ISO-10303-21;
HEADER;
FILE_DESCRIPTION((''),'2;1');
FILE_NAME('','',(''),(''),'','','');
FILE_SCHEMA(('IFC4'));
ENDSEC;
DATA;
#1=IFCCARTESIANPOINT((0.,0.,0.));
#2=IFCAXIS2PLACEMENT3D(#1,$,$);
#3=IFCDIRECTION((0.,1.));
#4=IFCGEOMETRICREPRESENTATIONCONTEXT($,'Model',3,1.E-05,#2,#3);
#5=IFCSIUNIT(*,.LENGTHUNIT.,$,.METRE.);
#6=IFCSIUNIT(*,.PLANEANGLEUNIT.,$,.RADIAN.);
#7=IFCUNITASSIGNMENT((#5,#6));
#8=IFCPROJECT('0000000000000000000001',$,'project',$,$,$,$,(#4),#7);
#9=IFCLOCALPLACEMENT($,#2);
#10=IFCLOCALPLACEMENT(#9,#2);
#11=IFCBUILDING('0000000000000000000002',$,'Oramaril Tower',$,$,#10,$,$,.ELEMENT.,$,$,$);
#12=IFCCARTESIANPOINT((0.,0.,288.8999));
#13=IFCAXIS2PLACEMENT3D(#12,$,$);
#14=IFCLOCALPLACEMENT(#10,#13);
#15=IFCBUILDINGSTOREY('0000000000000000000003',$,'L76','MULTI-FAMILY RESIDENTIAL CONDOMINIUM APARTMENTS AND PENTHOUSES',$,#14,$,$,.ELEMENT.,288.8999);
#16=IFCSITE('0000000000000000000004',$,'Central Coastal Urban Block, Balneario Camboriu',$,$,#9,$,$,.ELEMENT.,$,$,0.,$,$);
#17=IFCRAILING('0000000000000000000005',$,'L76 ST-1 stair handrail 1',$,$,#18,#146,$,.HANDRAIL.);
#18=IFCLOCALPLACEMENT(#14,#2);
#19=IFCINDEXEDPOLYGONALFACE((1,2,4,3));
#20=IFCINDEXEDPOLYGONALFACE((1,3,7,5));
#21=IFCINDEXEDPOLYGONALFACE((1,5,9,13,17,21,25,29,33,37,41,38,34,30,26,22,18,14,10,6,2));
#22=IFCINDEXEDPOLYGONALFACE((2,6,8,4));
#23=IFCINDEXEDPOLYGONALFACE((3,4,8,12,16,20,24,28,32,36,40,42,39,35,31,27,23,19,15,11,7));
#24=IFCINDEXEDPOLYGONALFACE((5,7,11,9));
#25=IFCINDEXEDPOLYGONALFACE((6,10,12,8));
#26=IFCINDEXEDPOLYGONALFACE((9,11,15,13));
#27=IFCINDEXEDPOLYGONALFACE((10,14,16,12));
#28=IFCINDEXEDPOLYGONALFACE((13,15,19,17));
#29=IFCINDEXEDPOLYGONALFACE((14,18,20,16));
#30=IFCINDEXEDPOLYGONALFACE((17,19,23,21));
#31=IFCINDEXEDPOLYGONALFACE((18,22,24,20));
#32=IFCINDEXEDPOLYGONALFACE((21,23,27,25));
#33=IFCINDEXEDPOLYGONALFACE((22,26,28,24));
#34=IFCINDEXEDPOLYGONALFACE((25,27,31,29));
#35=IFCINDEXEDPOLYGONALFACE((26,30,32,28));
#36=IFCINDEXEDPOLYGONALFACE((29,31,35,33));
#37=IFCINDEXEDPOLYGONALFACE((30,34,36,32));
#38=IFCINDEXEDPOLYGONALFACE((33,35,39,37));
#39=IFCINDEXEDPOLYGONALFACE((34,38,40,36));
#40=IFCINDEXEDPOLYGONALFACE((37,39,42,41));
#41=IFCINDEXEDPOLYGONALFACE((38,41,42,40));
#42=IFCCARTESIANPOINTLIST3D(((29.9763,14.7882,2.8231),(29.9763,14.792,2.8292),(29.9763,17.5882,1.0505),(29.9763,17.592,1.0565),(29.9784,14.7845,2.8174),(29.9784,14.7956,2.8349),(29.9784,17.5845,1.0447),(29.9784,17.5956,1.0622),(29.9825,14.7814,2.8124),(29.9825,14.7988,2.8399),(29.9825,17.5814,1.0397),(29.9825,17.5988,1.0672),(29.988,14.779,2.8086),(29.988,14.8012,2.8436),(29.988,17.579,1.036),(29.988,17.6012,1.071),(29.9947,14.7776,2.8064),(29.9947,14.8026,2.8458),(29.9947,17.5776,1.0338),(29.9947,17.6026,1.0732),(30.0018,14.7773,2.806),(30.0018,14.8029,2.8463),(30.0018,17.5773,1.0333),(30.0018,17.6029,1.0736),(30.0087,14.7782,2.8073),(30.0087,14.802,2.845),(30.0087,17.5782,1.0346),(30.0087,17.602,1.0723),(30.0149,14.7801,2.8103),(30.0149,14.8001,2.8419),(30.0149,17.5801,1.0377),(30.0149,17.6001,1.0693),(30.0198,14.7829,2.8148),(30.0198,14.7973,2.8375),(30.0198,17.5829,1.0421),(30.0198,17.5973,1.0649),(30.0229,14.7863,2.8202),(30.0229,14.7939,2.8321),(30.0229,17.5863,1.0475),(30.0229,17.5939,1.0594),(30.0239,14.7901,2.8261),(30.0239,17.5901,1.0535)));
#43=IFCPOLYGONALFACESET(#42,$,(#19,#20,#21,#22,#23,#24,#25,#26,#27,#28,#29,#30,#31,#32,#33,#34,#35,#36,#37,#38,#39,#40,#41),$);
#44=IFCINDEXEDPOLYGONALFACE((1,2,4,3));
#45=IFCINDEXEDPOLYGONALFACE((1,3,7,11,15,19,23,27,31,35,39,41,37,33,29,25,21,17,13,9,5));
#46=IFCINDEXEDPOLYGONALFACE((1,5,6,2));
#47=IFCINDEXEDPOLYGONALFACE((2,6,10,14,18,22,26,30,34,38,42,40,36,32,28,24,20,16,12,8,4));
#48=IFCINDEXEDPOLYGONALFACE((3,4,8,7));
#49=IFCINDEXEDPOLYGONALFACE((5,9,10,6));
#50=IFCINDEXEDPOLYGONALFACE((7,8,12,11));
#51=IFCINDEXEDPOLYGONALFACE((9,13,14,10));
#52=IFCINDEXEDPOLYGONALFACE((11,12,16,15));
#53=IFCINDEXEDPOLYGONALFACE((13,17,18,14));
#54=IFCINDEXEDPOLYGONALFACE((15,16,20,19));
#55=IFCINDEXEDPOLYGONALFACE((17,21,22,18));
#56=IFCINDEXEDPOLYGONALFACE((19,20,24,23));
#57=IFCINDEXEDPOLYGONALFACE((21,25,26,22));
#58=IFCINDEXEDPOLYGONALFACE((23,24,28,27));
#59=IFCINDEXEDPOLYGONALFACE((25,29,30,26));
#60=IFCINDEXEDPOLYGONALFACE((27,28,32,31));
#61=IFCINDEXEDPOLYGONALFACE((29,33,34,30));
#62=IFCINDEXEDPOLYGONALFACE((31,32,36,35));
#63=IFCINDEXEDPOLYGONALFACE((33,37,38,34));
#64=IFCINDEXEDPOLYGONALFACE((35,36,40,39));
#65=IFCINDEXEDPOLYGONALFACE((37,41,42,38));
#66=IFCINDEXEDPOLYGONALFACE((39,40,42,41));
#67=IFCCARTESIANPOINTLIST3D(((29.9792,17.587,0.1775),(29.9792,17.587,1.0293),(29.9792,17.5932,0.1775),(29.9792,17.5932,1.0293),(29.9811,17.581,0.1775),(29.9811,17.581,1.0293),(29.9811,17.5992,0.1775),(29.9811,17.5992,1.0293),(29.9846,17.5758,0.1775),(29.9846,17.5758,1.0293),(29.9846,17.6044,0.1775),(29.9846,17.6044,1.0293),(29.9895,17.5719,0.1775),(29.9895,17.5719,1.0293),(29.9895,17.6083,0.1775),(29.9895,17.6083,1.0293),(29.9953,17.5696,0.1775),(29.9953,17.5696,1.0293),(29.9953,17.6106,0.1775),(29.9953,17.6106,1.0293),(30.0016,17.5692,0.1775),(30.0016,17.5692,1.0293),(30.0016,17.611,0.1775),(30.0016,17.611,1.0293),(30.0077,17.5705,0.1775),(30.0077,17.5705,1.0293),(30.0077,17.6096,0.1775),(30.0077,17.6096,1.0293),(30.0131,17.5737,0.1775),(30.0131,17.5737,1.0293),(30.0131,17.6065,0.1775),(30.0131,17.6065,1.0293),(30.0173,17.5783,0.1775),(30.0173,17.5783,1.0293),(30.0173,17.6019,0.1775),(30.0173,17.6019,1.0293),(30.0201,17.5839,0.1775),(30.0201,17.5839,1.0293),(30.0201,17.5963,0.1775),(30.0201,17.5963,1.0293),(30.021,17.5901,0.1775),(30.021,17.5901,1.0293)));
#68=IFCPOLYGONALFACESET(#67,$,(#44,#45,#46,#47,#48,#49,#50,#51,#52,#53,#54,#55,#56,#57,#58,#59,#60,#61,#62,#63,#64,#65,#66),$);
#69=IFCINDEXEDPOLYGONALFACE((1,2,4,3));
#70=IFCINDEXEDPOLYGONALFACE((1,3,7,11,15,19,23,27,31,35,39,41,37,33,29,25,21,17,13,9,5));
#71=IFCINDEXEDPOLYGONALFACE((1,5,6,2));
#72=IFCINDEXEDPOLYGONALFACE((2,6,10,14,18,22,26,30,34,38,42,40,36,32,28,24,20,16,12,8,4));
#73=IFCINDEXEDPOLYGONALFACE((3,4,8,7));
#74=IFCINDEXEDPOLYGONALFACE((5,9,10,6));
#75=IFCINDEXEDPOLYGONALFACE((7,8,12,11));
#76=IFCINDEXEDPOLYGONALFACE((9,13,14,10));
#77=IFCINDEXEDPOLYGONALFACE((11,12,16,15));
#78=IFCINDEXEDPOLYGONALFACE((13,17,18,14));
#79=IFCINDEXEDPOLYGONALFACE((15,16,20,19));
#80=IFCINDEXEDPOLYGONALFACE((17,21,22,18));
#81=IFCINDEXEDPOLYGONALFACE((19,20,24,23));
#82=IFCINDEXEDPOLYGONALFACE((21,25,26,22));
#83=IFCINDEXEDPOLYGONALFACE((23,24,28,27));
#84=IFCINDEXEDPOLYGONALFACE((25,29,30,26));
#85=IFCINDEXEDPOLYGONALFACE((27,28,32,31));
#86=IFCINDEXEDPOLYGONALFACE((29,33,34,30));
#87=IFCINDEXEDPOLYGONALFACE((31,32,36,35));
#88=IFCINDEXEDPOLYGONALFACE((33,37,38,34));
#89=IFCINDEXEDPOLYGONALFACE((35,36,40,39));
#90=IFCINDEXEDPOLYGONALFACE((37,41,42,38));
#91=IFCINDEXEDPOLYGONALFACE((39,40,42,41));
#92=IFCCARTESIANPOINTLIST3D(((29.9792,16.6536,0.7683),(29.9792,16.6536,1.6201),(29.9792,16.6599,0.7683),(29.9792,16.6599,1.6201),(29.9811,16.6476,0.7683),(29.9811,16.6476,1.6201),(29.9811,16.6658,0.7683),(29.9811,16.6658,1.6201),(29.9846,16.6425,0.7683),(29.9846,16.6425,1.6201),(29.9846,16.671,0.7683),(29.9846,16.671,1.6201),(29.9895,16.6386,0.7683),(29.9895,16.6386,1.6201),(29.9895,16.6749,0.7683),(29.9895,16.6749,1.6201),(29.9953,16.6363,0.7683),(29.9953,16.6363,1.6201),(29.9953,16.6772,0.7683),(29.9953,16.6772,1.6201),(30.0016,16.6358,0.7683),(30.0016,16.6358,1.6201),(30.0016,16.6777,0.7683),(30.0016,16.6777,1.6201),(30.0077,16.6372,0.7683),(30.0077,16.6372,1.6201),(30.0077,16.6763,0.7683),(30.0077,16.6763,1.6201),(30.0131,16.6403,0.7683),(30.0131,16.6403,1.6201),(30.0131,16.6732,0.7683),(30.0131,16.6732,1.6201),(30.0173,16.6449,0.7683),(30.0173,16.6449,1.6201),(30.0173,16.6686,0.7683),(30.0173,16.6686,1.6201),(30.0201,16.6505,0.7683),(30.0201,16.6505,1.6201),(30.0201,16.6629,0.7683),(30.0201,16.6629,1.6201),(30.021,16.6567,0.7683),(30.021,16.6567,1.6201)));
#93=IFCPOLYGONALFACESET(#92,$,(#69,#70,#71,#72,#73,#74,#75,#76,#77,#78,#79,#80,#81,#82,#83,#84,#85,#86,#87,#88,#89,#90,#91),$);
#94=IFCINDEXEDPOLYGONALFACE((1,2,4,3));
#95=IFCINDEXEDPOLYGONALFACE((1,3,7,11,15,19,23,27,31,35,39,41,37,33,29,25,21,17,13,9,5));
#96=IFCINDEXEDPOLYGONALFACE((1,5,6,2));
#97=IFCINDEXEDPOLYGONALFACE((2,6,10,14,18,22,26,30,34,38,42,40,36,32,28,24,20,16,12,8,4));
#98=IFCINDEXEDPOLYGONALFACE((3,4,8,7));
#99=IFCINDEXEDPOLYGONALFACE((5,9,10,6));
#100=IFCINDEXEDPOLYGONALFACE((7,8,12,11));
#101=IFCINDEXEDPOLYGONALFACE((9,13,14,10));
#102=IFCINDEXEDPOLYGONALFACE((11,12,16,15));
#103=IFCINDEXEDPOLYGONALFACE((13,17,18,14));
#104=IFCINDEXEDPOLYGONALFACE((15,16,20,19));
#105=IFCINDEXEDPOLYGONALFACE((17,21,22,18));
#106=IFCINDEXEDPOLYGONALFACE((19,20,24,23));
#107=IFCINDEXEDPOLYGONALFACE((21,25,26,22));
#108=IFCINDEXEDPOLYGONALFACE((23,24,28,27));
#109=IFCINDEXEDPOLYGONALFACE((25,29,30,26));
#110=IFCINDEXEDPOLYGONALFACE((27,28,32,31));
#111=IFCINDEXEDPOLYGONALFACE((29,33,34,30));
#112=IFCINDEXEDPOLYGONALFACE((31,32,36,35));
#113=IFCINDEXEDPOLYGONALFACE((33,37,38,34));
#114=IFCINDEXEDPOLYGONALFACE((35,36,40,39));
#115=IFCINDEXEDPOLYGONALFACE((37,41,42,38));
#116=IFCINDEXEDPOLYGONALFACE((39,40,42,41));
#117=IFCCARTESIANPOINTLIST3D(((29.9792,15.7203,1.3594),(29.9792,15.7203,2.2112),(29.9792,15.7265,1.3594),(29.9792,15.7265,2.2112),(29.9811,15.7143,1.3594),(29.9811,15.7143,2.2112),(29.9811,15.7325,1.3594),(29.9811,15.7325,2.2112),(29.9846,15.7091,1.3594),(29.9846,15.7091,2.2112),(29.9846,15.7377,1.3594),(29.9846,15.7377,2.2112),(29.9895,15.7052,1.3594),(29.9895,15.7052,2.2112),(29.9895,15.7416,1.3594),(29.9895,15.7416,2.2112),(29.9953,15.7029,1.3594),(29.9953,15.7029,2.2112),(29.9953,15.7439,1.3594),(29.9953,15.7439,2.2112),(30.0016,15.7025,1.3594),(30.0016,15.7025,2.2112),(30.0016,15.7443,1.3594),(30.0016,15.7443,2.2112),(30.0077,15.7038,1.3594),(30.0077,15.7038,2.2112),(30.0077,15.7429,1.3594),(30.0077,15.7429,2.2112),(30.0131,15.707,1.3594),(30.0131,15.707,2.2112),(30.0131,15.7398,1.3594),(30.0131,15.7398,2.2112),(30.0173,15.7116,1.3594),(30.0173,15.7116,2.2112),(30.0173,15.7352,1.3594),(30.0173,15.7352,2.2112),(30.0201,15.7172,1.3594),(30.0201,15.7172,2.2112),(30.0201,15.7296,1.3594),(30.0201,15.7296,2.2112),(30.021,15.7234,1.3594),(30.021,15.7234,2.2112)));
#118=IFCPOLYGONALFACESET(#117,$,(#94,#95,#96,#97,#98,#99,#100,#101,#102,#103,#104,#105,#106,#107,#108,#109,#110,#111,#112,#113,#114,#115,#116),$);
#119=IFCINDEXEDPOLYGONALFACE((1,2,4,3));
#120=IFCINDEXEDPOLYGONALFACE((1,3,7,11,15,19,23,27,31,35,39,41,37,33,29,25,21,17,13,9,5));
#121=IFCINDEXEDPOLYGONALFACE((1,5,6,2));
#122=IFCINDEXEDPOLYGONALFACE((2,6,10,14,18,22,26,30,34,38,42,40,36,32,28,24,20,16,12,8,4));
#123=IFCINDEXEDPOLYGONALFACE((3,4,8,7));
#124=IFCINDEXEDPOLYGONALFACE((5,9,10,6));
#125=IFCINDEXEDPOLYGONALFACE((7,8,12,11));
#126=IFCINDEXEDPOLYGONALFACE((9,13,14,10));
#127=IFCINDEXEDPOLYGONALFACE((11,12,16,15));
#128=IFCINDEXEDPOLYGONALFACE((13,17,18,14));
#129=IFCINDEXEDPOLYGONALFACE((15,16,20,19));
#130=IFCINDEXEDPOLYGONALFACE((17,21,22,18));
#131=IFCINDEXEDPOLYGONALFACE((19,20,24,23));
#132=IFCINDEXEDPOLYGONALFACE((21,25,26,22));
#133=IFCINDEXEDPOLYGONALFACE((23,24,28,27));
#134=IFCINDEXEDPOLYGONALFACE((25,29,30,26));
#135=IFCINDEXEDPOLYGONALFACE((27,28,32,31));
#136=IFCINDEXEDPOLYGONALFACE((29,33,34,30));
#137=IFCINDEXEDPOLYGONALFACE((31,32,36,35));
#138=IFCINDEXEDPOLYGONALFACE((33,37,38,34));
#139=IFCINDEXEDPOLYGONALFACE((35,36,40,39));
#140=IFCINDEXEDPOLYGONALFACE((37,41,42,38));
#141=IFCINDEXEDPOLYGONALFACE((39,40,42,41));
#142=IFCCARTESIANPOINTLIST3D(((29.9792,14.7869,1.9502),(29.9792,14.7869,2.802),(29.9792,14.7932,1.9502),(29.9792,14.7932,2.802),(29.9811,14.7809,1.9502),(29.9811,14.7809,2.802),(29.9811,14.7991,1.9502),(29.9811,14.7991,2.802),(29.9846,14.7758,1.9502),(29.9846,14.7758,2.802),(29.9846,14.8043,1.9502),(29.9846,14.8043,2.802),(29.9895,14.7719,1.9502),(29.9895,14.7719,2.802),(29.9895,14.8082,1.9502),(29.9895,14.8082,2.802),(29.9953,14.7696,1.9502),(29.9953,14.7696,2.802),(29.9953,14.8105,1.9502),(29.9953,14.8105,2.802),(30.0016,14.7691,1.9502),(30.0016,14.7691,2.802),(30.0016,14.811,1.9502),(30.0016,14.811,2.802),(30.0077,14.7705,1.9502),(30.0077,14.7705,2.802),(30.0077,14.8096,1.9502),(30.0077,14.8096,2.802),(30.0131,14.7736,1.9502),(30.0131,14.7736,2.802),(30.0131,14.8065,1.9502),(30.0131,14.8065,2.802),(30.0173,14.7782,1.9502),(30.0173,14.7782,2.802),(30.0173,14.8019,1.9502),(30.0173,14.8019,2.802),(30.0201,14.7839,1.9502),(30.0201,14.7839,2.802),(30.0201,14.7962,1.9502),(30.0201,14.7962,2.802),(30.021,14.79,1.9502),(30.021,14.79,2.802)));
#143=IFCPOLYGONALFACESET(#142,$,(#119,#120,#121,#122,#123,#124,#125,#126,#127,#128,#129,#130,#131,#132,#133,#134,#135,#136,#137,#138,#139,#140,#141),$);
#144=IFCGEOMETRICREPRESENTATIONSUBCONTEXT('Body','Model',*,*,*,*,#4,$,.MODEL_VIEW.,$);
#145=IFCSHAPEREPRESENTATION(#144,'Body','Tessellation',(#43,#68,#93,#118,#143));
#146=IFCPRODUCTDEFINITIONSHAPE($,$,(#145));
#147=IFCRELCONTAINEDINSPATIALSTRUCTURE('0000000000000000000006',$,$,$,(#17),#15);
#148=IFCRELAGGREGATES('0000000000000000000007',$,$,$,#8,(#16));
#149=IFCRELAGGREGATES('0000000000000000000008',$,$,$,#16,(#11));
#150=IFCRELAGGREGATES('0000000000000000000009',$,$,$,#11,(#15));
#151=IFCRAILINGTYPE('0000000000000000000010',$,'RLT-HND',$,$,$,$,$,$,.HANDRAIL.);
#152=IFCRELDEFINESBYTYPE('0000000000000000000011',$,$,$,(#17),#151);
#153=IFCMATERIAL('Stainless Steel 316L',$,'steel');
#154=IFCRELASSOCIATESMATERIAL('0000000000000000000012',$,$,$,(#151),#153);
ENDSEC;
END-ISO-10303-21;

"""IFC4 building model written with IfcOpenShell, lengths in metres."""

from ifc_helpers import new_model, si_unit, direction, frame, origin, origin_2d, place, context, subcontext, project, spatial, circle, extrude, material, type_object, element, save


model = new_model("IFC4")

# Units and contexts
model_context = context("Model", 3, precision=1e-05, world=origin(), true_north=direction((0.0, 1.0)))
body_context = subcontext(model_context, "Body", "Model", "MODEL_VIEW")
ifc_project = project(units=[si_unit("LENGTHUNIT", "METRE"), si_unit("PLANEANGLEUNIT", "RADIAN")], contexts=[model_context])

# Site, building, storey
site_placement = place(None, origin())
site = spatial("IfcSite", under=ifc_project, at=site_placement, Name="Central Coastal Urban Block, Balneario Camboriu", CompositionType="ELEMENT", RefElevation=0.0)
building_placement = place(site_placement, origin())
building = spatial("IfcBuilding", under=site, at=building_placement, Name="Oramaril Tower", CompositionType="ELEMENT")
storey_placement = place(building_placement, frame((0.0, 0.0, 288.8999)))
storey = spatial("IfcBuildingStorey", under=building, at=storey_placement, Name="L76", Description="MULTI-FAMILY RESIDENTIAL CONDOMINIUM APARTMENTS AND PENTHOUSES", CompositionType="ELEMENT", Elevation=288.8999)

# Railing
ifc_material_1 = material(Name="Stainless Steel 316L", Category="steel")
railing_type_1 = type_object("IfcRailingType", Name="RLT-HND", PredefinedType="HANDRAIL", material=ifc_material_1)
railing_1_placement = place(storey_placement, frame((30.0, 17.5901, 0.1775)))
element("IfcRailing", 1, at=railing_1_placement, inside=storey, type_object=railing_type_1, Name="L76 ST-1 stair handrail 1", PredefinedType="HANDRAIL", context=body_context, shape_type="SweptSolid", body=[
    extrude(circle(Radius=0.0239, at=origin_2d()), frame((0.0, 0.0, 0.876), z_axis=(0.0, -0.844909, 0.53491), x_axis=(1.0, 0.0, 0.0)), (0.0, 0.0, 1.0), 3.314),
    extrude(circle(Radius=0.021, at=origin_2d()), origin(), (0.0, 0.0, 1.0), 0.8518),
    extrude(circle(Radius=0.021, at=origin_2d()), frame((0.0, -0.9333, 0.5908)), (0.0, 0.0, 1.0), 0.8518),
    extrude(circle(Radius=0.021, at=origin_2d()), frame((0.0, -1.8667, 1.1819)), (0.0, 0.0, 1.0), 0.8518),
    extrude(circle(Radius=0.021, at=origin_2d()), frame((0.0, -2.8, 1.7727)), (0.0, 0.0, 1.0), 0.8518),
])

save(model, "model.ifc")
